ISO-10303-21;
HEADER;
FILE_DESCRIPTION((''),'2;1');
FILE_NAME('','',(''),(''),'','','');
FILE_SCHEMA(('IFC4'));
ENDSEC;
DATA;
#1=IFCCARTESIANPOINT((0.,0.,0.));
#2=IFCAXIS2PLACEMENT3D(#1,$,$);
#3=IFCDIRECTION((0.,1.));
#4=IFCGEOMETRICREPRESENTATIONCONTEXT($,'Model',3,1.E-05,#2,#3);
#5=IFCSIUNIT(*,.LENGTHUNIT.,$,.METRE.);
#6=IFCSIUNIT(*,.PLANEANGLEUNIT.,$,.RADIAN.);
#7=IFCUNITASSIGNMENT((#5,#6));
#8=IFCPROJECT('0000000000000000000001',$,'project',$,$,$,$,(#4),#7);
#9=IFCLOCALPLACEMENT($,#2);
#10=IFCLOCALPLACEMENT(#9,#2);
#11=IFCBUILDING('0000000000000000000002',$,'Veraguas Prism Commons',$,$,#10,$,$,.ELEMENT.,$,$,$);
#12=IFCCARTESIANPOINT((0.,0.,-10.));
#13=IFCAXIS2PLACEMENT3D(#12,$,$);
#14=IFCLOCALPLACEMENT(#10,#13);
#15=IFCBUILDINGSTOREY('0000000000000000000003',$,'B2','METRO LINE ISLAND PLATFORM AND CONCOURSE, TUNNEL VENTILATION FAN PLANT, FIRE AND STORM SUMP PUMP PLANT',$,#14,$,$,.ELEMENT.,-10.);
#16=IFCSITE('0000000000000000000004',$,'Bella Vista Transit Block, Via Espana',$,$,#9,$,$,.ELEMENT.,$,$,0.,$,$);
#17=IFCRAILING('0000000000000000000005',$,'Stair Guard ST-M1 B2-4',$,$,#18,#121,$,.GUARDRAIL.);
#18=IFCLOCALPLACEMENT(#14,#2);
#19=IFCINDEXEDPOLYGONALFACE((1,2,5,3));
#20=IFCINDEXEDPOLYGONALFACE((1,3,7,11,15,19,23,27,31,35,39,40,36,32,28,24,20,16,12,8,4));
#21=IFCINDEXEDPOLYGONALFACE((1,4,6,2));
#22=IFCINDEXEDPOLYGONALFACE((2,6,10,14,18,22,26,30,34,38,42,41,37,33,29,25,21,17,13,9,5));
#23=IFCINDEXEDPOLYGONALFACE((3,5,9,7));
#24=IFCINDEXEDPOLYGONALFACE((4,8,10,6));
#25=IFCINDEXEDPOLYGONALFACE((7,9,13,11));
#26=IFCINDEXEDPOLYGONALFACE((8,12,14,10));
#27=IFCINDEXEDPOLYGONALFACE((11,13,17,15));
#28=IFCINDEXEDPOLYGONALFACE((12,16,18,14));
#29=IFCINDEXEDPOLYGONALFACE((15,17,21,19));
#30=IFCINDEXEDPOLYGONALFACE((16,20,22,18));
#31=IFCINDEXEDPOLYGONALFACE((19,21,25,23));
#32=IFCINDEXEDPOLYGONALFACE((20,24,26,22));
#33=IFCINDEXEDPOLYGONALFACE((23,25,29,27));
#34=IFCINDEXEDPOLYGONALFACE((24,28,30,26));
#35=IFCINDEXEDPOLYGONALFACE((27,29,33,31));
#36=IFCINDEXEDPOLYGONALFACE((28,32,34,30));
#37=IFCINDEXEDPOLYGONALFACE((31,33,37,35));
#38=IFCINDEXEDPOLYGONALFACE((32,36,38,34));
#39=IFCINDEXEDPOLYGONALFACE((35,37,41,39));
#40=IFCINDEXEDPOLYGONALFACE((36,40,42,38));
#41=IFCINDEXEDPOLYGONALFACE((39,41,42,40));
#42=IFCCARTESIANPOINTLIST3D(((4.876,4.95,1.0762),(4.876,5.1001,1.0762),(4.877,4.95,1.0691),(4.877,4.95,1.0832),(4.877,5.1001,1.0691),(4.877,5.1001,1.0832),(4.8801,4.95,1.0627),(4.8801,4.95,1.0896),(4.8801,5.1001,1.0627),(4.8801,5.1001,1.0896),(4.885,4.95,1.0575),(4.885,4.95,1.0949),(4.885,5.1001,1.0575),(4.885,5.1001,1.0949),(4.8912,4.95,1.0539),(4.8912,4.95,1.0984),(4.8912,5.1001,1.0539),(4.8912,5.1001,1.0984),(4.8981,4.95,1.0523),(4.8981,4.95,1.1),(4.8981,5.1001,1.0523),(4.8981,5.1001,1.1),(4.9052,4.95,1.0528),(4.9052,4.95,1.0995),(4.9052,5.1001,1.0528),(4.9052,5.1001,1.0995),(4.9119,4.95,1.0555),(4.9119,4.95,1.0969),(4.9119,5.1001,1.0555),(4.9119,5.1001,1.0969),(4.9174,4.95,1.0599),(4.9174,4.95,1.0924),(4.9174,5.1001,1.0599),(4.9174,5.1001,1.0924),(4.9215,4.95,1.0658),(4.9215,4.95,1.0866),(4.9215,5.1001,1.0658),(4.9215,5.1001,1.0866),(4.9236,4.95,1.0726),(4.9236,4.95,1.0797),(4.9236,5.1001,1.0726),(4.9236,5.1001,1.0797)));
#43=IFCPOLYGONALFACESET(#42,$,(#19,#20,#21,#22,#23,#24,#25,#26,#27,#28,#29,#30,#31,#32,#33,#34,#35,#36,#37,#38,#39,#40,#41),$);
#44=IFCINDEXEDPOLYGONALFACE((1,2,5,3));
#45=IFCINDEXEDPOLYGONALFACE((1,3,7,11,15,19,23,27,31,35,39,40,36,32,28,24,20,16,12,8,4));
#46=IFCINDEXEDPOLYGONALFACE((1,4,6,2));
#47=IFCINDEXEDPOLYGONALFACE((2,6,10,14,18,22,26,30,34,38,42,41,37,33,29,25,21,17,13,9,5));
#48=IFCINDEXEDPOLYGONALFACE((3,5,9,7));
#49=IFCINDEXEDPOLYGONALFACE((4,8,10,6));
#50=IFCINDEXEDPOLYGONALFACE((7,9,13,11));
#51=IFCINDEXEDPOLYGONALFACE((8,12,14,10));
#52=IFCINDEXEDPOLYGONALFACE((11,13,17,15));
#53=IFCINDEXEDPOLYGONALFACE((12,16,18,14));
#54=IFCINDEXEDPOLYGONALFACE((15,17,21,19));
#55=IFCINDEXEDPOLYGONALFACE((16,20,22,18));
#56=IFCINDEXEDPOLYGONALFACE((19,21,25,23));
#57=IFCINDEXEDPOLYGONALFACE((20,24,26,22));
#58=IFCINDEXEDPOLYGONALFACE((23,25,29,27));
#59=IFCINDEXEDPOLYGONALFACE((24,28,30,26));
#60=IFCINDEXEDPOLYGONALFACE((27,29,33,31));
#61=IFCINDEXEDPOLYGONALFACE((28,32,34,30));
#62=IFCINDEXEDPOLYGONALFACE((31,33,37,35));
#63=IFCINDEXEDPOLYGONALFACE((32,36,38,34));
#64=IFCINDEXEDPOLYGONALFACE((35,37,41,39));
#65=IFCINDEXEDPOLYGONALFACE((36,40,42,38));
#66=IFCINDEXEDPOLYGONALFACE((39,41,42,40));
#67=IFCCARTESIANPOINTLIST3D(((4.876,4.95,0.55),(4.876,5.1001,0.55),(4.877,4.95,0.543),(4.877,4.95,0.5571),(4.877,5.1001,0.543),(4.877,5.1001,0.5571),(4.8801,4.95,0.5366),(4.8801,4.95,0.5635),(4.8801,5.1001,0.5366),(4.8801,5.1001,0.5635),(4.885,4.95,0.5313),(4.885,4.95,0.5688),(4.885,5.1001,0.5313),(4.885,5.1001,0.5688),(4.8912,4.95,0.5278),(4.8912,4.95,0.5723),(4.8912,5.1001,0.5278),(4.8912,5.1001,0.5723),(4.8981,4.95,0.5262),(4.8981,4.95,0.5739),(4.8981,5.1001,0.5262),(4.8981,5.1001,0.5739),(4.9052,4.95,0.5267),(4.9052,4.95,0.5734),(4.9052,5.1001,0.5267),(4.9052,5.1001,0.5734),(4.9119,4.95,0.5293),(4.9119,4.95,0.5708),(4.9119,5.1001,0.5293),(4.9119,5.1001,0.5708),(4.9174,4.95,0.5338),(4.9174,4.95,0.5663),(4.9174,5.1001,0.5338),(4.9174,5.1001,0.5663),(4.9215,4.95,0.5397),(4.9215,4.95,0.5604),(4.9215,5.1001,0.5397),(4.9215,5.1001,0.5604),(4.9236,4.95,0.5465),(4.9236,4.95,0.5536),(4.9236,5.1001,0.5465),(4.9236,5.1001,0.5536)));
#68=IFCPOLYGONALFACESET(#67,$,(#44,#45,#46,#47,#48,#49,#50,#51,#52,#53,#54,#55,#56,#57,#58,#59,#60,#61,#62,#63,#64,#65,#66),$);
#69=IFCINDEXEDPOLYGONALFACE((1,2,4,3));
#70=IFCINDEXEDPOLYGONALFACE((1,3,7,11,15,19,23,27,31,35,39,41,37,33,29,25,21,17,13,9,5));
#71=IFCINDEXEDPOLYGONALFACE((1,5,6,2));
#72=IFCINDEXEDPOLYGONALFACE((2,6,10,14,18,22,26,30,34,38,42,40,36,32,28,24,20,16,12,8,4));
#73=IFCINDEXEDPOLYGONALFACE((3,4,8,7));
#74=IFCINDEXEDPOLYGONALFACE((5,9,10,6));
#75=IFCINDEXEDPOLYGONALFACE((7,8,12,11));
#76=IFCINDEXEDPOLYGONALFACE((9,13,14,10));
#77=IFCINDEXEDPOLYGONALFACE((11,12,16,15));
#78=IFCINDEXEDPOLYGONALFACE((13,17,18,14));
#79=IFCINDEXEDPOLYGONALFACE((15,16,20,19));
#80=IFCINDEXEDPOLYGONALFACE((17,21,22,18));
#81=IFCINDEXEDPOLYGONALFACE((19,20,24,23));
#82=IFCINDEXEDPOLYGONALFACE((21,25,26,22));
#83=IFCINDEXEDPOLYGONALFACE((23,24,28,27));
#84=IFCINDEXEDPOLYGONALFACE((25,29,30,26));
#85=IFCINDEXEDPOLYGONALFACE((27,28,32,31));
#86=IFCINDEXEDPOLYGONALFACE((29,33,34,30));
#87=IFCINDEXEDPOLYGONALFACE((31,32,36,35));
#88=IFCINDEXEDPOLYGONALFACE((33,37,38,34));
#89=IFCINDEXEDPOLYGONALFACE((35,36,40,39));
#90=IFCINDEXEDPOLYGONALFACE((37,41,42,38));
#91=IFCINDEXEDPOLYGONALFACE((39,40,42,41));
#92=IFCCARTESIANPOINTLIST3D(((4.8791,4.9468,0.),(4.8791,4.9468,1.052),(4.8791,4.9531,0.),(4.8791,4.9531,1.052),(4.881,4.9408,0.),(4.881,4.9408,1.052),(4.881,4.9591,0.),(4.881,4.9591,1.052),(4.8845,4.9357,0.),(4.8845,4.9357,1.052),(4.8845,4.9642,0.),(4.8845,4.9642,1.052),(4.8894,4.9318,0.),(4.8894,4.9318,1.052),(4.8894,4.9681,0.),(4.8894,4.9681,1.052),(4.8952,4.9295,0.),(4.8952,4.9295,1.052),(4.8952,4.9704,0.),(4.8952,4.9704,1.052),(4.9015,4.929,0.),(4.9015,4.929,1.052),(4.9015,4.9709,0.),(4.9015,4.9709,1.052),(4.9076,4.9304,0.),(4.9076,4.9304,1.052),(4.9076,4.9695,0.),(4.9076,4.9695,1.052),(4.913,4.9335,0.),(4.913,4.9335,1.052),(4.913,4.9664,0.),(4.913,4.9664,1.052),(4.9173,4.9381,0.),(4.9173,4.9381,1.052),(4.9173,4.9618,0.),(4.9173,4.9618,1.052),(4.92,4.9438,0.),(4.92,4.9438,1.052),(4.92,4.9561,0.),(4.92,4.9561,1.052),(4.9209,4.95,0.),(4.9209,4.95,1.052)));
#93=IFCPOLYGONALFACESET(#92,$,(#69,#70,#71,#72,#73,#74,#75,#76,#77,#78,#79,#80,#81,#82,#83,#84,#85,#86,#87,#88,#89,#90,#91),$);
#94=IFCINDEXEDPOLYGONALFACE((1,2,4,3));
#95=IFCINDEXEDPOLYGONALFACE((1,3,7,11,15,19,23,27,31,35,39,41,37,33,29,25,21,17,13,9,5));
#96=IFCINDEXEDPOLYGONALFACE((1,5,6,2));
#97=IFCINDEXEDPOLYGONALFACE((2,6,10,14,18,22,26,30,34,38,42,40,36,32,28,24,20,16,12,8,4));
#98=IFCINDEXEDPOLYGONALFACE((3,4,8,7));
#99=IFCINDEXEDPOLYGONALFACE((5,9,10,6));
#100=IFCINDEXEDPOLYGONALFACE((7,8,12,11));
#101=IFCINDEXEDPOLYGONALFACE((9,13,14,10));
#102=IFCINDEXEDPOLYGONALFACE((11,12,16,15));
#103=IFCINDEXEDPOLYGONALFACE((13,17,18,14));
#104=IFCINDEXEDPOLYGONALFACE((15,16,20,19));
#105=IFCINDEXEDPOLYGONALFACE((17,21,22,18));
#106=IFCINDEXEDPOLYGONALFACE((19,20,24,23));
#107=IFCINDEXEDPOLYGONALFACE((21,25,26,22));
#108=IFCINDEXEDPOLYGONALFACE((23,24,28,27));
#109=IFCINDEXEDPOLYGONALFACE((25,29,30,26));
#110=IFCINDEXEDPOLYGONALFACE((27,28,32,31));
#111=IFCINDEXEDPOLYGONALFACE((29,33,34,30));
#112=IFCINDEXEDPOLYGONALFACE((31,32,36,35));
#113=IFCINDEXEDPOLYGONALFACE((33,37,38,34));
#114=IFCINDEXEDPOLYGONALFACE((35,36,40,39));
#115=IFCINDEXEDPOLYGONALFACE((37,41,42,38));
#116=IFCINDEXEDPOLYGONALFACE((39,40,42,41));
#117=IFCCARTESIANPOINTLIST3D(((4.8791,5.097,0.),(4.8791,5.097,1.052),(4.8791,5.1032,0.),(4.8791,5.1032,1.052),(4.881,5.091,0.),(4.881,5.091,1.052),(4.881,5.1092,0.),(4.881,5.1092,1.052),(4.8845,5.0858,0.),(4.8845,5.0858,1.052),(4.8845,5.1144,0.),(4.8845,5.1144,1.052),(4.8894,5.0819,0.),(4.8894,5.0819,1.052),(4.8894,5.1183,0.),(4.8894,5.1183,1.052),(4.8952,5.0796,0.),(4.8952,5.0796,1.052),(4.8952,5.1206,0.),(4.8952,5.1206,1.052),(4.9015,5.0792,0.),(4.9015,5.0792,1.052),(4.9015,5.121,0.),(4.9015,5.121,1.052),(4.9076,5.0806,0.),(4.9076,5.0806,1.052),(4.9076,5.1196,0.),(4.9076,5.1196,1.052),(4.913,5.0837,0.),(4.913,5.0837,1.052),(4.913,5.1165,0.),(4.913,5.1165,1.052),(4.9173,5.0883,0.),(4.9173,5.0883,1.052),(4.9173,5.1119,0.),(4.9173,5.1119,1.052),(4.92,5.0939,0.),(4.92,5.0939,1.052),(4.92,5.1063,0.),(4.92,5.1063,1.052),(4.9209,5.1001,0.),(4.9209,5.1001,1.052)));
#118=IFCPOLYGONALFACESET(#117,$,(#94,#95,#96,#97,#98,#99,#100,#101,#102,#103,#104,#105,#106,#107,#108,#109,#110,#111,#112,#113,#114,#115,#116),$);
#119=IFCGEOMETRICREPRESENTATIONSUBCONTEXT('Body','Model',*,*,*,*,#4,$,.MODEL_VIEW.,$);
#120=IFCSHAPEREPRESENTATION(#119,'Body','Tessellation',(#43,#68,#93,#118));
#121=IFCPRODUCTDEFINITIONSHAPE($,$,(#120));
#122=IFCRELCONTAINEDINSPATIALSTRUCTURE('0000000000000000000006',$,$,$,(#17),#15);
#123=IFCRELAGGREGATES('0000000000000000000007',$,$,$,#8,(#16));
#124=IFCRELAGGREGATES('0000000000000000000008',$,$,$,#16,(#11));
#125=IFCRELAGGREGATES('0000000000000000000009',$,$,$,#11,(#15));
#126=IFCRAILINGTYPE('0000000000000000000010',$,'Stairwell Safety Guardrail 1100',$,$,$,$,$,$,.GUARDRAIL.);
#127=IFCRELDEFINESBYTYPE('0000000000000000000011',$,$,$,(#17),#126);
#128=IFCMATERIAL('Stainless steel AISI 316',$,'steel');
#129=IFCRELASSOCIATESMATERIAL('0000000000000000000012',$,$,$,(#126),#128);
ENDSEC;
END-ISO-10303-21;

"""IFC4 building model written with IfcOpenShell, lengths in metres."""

from ifc_helpers import new_model, si_unit, direction, frame, origin, origin_2d, place, context, subcontext, project, spatial, circle, extrude, material, type_object, element, save


model = new_model("IFC4")

# Units and contexts
model_context = context("Model", 3, precision=1e-05, world=origin(), true_north=direction((0.0, 1.0)))
body_context = subcontext(model_context, "Body", "Model", "MODEL_VIEW")
ifc_project = project(units=[si_unit("LENGTHUNIT", "METRE"), si_unit("PLANEANGLEUNIT", "RADIAN")], contexts=[model_context])

# Site, building, storey
site_placement = place(None, origin())
site = spatial("IfcSite", under=ifc_project, at=site_placement, Name="Bella Vista Transit Block, Via Espana", CompositionType="ELEMENT", RefElevation=0.0)
building_placement = place(site_placement, origin())
building = spatial("IfcBuilding", under=site, at=building_placement, Name="Veraguas Prism Commons", CompositionType="ELEMENT")
storey_placement = place(building_placement, frame((0.0, 0.0, -10.0)))
storey = spatial("IfcBuildingStorey", under=building, at=storey_placement, Name="B2", Description="METRO LINE ISLAND PLATFORM AND CONCOURSE, TUNNEL VENTILATION FAN PLANT, FIRE AND STORM SUMP PUMP PLANT", CompositionType="ELEMENT", Elevation=-10.0)

# Railing
ifc_material_1 = material(Name="Stainless steel AISI 316", Category="steel")
railing_type_1 = type_object("IfcRailingType", Name="Stairwell Safety Guardrail 1100", PredefinedType="GUARDRAIL", material=ifc_material_1)
railing_1_placement = place(storey_placement, frame((4.8999, 4.95, 0.0)))
element("IfcRailing", 1, at=railing_1_placement, inside=storey, type_object=railing_type_1, Name="Stair Guard ST-M1 B2-4", PredefinedType="GUARDRAIL", context=body_context, shape_type="SweptSolid", body=[
    extrude(circle(Radius=0.0239, at=origin_2d()), frame((0.0, 0.0, 1.0762), z_axis=(0.0, 1.0, 0.0), x_axis=(-1.0, 0.0, 0.0)), (0.0, 0.0, 1.0), 0.1501),
    extrude(circle(Radius=0.0239, at=origin_2d()), frame((0.0, 0.0, 0.55), z_axis=(0.0, 1.0, 0.0), x_axis=(-1.0, 0.0, 0.0)), (0.0, 0.0, 1.0), 0.1501),
    extrude(circle(Radius=0.021, at=origin_2d()), origin(), (0.0, 0.0, 1.0), 1.052),
    extrude(circle(Radius=0.021, at=origin_2d()), frame((0.0, 0.1501, 0.0)), (0.0, 0.0, 1.0), 1.052),
])

save(model, "model.ifc")
